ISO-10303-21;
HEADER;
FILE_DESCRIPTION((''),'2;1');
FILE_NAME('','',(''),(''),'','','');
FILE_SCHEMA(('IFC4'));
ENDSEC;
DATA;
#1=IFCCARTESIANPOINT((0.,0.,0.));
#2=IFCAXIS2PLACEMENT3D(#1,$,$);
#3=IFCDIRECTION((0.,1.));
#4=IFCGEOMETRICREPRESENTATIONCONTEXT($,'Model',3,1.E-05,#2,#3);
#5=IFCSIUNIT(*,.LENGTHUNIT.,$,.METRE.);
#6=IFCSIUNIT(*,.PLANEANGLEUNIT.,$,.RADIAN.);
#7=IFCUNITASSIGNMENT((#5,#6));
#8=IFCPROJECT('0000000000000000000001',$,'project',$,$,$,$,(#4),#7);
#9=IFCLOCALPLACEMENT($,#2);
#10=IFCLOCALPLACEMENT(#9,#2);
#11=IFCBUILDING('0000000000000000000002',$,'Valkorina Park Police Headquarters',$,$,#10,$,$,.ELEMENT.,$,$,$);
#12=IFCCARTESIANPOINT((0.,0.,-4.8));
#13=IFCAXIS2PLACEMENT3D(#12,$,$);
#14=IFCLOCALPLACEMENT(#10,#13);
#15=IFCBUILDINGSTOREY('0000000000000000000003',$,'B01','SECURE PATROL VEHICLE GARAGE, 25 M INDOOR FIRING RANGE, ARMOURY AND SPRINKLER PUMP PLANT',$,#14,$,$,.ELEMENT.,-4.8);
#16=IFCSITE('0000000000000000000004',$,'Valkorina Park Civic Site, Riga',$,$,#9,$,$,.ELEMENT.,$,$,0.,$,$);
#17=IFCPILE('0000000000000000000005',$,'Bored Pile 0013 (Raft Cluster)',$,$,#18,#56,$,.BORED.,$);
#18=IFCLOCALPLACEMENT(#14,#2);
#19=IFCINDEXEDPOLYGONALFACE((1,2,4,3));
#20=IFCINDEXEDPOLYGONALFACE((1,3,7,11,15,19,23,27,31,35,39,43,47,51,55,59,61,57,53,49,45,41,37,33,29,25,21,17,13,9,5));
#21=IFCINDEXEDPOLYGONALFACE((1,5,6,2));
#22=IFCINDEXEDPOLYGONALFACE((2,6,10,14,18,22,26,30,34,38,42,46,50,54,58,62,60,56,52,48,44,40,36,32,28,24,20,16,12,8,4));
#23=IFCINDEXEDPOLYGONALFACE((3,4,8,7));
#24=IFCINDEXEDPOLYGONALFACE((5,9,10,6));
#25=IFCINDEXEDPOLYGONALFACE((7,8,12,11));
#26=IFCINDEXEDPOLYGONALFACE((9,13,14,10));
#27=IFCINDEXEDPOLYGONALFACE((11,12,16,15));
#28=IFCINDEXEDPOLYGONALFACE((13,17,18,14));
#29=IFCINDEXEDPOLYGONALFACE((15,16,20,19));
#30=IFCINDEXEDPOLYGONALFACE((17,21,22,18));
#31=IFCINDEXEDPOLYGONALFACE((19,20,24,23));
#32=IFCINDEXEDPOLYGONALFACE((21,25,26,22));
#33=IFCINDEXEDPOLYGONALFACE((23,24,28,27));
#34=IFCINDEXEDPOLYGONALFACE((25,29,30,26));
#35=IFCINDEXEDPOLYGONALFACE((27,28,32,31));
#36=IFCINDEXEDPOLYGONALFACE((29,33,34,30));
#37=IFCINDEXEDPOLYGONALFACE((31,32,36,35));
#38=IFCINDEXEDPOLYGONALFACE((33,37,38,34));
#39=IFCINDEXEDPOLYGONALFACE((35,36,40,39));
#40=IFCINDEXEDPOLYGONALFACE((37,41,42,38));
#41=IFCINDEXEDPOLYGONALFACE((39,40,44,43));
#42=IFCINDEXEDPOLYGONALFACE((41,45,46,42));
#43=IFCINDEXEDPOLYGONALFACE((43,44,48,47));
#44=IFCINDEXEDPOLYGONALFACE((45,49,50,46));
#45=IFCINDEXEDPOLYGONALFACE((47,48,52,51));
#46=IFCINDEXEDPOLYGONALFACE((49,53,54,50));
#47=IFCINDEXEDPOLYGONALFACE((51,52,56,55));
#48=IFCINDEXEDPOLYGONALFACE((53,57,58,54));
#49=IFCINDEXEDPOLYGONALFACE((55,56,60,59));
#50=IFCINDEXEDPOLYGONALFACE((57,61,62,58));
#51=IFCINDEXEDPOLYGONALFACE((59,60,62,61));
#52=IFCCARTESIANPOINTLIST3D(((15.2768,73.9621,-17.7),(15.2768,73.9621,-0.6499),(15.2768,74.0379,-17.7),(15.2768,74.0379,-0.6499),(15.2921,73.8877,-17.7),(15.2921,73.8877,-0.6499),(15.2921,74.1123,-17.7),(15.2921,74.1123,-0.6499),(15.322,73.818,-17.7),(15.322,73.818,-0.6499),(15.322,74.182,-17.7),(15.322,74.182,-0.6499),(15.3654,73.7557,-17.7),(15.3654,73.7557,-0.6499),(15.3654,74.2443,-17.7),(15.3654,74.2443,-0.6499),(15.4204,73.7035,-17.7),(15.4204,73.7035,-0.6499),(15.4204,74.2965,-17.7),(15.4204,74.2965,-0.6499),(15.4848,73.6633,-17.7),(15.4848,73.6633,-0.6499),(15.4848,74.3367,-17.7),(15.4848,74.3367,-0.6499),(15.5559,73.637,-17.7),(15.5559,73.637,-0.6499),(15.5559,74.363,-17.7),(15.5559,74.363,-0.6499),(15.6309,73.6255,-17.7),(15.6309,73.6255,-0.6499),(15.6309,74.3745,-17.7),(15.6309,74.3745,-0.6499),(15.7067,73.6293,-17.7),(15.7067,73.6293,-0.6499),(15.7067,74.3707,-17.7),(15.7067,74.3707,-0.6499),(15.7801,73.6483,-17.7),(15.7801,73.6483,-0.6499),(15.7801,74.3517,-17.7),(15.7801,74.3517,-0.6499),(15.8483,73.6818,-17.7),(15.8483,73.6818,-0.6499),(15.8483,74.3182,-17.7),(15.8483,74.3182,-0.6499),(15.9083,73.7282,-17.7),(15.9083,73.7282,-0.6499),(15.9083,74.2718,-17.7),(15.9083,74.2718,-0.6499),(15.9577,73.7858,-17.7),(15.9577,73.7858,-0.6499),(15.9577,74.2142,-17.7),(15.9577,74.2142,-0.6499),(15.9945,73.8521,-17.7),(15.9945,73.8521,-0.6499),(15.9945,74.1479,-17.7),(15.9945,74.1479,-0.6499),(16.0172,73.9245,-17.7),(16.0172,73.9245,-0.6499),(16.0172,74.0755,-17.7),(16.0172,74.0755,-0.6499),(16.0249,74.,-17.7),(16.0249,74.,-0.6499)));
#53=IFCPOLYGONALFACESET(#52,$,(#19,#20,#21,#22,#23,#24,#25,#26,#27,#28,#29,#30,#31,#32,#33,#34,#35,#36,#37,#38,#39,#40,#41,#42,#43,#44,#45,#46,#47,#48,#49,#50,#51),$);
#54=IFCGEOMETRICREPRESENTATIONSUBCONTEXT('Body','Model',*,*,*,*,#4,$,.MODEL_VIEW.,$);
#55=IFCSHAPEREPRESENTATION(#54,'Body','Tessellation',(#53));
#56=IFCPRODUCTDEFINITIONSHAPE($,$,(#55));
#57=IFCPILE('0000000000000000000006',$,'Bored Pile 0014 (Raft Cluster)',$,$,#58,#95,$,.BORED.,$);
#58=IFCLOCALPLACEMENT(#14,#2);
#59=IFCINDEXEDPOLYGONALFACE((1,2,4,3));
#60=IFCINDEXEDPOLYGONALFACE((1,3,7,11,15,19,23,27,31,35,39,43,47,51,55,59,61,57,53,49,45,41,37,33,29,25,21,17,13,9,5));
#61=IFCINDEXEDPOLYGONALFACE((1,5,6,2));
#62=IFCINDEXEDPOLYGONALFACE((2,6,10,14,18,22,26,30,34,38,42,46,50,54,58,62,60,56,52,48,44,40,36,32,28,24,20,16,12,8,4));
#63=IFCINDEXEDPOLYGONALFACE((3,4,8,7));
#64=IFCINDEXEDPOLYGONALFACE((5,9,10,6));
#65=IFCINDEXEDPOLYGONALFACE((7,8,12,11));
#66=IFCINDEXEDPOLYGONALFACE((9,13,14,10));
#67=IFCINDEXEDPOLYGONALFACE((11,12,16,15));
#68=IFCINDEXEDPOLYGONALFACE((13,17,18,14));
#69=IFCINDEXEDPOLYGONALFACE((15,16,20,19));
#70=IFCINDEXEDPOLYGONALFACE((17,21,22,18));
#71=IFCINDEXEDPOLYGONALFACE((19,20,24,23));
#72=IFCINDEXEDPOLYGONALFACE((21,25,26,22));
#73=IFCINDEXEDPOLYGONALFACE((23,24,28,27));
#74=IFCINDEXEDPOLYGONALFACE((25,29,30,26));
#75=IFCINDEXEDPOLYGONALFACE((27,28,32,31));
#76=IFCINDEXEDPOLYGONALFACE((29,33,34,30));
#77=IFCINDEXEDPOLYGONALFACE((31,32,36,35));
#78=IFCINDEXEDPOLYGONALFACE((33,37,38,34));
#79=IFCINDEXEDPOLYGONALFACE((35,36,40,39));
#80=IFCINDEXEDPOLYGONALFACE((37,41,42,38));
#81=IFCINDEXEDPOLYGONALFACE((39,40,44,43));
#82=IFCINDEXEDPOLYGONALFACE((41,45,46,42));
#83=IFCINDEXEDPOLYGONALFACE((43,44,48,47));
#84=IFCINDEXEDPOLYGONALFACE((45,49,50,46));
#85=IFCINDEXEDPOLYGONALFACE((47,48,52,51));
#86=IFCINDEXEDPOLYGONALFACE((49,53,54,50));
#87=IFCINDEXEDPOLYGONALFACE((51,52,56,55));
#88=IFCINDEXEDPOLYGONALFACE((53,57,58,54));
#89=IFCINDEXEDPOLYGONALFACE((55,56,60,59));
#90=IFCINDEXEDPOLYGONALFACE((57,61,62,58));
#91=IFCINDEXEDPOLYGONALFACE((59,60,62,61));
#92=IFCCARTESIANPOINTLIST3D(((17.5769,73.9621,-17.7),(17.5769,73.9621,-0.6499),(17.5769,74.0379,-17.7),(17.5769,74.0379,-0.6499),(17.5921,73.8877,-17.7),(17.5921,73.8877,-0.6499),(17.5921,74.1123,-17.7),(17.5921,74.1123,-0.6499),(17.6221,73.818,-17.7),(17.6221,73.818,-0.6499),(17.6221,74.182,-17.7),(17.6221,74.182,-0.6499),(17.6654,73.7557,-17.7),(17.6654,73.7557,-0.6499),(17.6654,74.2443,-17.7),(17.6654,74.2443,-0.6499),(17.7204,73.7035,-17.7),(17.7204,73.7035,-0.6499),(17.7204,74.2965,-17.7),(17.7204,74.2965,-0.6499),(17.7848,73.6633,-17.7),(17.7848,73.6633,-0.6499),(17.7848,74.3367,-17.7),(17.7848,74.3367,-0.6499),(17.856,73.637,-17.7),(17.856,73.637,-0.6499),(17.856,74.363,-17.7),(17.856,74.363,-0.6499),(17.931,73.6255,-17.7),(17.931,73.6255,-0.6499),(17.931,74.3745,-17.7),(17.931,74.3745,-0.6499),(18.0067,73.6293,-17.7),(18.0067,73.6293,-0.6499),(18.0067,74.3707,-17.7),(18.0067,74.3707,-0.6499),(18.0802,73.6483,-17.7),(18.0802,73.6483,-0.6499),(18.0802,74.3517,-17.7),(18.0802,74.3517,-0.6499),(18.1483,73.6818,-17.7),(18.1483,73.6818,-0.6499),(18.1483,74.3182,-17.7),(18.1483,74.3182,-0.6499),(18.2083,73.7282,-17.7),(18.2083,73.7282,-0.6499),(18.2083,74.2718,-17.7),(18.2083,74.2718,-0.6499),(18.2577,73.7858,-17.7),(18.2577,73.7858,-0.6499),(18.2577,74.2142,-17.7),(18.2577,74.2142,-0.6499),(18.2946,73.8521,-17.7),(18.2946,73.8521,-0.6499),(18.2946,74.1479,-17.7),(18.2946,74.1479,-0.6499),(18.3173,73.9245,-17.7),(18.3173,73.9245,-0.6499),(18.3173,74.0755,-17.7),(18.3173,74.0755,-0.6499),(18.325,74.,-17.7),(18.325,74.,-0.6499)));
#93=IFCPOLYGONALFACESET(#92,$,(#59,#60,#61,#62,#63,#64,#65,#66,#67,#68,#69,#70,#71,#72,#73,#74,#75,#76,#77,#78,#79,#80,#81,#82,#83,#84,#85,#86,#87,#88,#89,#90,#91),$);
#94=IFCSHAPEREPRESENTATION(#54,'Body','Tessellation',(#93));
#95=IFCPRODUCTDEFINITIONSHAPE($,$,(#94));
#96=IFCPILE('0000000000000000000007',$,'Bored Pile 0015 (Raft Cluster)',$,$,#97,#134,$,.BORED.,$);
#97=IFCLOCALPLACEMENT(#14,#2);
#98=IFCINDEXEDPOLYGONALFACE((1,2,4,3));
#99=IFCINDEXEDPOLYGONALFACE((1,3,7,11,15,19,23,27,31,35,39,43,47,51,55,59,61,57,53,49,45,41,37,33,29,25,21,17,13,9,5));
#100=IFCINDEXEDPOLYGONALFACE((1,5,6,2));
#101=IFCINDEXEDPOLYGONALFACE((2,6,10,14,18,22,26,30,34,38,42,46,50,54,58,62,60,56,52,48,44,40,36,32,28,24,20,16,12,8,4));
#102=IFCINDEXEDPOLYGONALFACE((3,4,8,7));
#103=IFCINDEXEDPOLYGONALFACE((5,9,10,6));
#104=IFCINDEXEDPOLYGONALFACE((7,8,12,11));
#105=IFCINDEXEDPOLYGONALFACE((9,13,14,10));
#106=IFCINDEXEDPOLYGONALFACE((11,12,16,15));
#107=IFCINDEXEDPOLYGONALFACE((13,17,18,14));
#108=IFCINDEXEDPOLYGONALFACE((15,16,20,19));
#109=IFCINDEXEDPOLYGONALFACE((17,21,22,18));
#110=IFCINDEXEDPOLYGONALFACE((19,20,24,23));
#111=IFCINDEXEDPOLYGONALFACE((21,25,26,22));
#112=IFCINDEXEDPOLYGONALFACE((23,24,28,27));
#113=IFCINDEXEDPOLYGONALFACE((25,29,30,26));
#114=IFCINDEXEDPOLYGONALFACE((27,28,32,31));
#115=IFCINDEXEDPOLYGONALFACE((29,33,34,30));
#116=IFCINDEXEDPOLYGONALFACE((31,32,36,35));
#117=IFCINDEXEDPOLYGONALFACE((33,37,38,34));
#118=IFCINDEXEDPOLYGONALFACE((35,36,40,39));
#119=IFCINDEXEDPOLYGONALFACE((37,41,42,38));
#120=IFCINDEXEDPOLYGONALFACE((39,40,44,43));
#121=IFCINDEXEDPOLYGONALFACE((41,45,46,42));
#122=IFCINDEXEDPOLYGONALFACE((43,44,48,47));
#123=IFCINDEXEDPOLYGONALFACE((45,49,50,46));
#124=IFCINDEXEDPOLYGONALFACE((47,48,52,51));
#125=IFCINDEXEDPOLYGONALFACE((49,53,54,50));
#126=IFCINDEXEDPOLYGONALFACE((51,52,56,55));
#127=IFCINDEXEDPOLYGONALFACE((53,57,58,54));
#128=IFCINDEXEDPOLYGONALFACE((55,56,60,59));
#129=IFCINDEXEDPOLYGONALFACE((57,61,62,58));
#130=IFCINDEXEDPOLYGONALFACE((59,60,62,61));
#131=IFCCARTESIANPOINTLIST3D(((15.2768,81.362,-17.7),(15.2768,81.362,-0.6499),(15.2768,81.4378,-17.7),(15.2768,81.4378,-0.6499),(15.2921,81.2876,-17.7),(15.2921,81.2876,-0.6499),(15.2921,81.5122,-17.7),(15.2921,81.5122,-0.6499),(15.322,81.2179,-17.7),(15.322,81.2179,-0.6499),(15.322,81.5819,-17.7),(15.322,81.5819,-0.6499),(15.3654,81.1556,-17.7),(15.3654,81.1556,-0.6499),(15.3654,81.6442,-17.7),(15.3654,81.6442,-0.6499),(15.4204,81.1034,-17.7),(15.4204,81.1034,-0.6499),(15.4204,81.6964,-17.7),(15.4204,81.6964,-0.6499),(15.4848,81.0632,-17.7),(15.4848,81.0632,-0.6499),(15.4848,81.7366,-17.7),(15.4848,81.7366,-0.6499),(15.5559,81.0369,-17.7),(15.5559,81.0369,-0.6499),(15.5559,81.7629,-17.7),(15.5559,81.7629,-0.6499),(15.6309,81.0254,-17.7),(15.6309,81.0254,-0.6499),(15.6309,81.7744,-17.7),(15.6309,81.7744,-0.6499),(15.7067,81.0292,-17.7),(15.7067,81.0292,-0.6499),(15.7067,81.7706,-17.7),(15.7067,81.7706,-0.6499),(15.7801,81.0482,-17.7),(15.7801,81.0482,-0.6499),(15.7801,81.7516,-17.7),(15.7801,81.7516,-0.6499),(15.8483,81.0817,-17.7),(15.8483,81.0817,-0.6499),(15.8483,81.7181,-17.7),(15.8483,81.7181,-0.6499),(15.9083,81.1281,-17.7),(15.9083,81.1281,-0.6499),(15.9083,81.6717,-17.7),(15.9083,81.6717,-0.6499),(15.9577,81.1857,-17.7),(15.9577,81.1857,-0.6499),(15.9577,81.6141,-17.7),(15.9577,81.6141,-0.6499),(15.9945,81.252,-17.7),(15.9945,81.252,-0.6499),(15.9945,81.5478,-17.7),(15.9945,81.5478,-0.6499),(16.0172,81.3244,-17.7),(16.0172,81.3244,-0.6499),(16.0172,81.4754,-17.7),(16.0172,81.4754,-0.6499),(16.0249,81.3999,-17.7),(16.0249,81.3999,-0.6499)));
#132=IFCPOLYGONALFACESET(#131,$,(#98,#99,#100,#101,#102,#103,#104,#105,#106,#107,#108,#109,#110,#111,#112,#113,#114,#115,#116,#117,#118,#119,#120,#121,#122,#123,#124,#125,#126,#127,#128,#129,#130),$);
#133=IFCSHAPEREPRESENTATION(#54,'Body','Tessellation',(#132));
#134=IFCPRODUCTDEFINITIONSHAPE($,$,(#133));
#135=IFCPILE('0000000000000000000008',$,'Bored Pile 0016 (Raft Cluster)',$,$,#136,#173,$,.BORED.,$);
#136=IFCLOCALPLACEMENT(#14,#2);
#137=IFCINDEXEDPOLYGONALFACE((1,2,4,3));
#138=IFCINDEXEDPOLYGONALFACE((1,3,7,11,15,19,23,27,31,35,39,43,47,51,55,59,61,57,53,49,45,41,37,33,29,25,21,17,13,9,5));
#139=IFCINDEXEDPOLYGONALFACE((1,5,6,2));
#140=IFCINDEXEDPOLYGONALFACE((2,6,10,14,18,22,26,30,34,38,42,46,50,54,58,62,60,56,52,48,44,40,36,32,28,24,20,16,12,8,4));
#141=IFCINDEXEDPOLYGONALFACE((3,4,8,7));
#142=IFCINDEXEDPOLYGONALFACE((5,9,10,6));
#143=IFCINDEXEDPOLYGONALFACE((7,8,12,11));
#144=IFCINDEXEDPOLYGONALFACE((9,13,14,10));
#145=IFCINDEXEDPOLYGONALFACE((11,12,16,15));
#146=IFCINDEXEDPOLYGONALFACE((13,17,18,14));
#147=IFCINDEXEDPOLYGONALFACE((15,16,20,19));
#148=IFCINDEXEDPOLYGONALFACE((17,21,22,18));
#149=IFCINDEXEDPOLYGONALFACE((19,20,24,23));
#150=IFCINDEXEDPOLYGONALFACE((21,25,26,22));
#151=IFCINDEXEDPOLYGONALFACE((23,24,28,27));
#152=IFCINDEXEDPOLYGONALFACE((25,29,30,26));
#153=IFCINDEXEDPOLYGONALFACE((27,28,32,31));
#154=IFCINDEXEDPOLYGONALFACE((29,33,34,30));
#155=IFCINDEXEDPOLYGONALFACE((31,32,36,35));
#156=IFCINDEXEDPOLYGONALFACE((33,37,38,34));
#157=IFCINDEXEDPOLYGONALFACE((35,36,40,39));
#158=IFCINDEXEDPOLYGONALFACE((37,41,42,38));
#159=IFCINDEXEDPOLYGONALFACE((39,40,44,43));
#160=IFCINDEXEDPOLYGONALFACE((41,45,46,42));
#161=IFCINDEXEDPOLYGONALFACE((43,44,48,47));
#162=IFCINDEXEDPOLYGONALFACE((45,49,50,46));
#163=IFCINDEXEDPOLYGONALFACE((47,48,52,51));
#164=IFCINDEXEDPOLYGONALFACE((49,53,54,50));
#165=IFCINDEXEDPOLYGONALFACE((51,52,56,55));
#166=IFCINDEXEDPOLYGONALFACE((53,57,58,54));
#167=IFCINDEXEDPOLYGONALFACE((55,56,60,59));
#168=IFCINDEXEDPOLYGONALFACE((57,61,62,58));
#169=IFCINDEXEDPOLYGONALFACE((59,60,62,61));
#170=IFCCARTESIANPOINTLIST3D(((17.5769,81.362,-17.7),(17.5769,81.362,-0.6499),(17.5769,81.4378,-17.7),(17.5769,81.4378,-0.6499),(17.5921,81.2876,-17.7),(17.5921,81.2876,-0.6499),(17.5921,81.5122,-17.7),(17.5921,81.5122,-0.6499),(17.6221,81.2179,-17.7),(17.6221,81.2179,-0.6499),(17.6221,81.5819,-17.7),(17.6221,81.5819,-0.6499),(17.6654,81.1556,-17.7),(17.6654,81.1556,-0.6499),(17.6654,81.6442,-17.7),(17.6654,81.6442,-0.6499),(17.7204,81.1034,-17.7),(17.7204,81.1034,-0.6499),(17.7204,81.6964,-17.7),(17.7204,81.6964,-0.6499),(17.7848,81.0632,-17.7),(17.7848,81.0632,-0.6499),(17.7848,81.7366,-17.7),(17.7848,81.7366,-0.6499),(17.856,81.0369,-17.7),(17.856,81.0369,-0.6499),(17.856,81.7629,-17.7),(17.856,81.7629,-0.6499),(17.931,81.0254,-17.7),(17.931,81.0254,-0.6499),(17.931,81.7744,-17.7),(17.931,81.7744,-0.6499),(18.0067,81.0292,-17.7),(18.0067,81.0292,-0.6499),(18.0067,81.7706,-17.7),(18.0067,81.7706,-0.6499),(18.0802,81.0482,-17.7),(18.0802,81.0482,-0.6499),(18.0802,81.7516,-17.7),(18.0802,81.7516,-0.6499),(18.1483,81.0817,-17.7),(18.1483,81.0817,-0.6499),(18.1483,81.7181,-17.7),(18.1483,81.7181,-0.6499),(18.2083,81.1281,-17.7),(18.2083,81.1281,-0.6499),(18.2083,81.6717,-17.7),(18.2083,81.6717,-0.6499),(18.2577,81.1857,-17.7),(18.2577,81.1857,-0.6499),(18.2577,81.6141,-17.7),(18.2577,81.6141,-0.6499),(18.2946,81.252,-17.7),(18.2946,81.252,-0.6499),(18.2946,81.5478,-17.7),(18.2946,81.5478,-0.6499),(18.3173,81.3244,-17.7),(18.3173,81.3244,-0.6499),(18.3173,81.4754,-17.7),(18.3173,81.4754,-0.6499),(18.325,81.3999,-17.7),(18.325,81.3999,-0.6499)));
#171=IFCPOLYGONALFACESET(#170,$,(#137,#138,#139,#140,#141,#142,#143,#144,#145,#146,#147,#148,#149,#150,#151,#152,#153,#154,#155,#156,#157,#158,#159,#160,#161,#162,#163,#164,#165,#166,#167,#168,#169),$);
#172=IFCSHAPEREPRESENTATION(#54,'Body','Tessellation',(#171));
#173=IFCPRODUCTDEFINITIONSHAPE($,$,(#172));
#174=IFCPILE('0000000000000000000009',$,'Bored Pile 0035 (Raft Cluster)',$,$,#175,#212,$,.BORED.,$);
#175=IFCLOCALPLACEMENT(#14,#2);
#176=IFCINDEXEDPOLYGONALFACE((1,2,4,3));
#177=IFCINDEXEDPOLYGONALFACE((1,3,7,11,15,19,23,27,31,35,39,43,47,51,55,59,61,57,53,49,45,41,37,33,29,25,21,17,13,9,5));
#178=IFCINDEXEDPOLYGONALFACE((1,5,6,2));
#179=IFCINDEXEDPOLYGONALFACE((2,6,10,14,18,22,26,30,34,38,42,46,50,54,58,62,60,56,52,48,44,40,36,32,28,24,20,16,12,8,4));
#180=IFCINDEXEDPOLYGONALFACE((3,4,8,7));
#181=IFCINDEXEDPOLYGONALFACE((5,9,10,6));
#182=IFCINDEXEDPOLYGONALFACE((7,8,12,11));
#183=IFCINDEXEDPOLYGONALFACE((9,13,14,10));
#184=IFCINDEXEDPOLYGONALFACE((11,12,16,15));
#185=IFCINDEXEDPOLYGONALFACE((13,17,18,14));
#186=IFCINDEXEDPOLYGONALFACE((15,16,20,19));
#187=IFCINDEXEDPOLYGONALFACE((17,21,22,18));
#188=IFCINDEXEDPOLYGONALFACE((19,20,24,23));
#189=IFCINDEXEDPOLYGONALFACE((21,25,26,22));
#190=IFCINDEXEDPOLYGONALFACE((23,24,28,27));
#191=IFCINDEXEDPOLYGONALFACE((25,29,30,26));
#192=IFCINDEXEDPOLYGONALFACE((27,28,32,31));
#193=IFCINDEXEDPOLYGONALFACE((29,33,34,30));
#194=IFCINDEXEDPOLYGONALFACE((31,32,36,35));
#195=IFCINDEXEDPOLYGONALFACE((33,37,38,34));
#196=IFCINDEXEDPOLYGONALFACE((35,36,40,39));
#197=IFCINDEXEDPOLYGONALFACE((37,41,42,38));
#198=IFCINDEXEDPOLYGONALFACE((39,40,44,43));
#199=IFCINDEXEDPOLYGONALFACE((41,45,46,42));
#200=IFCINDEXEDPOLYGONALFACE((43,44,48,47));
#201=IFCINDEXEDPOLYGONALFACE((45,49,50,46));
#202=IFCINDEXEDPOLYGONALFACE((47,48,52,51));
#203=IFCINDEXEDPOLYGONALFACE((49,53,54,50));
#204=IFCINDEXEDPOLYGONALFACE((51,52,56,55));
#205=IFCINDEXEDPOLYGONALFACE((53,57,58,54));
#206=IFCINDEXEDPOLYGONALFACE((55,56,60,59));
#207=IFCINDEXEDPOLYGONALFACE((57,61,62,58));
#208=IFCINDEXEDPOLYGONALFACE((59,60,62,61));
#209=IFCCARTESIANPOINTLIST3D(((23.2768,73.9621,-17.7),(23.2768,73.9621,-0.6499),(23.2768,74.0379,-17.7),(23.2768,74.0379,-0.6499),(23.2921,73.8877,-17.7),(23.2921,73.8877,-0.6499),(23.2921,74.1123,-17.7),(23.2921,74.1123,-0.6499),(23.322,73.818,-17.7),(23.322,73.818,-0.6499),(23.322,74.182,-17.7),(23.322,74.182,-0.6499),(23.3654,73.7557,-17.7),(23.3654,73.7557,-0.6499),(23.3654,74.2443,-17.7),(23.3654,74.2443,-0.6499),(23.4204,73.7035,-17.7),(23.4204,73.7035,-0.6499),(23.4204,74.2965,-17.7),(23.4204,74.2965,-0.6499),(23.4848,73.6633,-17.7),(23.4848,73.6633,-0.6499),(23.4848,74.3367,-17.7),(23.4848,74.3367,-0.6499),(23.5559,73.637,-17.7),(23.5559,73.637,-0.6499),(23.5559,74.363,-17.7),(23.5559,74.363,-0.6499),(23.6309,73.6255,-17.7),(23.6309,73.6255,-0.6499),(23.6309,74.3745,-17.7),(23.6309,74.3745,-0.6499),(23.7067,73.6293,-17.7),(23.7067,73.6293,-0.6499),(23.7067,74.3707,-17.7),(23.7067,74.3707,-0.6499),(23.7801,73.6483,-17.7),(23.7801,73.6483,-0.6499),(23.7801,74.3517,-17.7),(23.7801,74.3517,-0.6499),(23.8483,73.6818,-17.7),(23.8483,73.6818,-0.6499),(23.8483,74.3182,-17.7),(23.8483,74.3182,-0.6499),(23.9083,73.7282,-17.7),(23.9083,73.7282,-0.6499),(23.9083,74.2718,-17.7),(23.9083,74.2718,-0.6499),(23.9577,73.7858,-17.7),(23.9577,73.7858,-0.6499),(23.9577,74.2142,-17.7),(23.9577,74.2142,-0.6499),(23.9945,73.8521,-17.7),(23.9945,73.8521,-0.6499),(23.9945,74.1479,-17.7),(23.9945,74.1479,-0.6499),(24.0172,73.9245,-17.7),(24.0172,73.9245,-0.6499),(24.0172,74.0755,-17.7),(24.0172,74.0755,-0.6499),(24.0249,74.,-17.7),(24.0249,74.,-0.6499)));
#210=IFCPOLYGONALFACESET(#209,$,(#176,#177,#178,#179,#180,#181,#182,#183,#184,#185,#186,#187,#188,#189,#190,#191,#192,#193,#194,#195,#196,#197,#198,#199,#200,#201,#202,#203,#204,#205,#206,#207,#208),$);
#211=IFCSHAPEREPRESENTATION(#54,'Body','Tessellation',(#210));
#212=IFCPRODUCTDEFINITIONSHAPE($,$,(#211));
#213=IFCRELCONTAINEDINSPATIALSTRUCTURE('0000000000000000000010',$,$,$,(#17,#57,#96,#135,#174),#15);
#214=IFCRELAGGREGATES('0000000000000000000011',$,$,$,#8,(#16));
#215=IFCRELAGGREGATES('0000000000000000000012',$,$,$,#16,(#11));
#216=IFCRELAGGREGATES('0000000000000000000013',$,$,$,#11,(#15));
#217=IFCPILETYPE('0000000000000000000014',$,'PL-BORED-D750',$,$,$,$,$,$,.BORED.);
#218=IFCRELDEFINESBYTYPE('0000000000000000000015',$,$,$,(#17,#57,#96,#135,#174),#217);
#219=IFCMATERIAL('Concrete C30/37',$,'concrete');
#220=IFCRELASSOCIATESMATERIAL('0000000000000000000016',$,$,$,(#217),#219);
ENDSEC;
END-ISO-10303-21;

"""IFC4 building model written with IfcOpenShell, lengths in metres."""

from ifc_helpers import new_model, si_unit, direction, frame, origin, origin_2d, place, context, subcontext, project, spatial, circle, extrude, material, material_profile, profile_set, type_object, element, save


model = new_model("IFC4")

# Units and contexts
model_context = context("Model", 3, precision=1e-05, world=origin(), true_north=direction((0.0, 1.0)))
body_context = subcontext(model_context, "Body", "Model", "MODEL_VIEW")
ifc_project = project(units=[si_unit("LENGTHUNIT", "METRE"), si_unit("PLANEANGLEUNIT", "RADIAN")], contexts=[model_context])

# Site, building, storey
site_placement = place(None, origin())
site = spatial("IfcSite", under=ifc_project, at=site_placement, Name="Valkorina Park Civic Site, Riga", CompositionType="ELEMENT", RefElevation=0.0)
building_placement = place(site_placement, origin())
building = spatial("IfcBuilding", under=site, at=building_placement, Name="Valkorina Park Police Headquarters", CompositionType="ELEMENT")
storey_placement = place(building_placement, frame((0.0, 0.0, -4.8)))
storey = spatial("IfcBuildingStorey", under=building, at=storey_placement, Name="B01", Description="SECURE PATROL VEHICLE GARAGE, 25 M INDOOR FIRING RANGE, ARMOURY AND SPRINKLER PUMP PLANT", CompositionType="ELEMENT", Elevation=-4.8)

# Piles
ifc_material_1 = material(Name="Concrete C30/37", Category="concrete")
ifc_material_profile_1 = material_profile(ifc_material_1, circle(Radius=0.375, at=origin_2d()), Name="BORED PILE D750")
ifc_profile_set_1 = profile_set([ifc_material_profile_1], Name="Concrete C30/37")
pile_type_1 = type_object("IfcPileType", Name="PL-BORED-D750", PredefinedType="BORED", material=ifc_profile_set_1)
for number, where, z_axis, x_axis, name in (
    (1, (15.6499, 74.0, -0.6499), (0.0, 0.0, -1.0), (1.0, 0.0, 0.0), "Bored Pile 0013 (Raft Cluster)"),
    (2, (17.95, 74.0, -0.6499), (0.0, 0.0, -1.0), (1.0, 0.0, 0.0), "Bored Pile 0014 (Raft Cluster)"),
    (3, (15.6499, 81.3999, -0.6499), (0.0, 0.0, -1.0), (1.0, 0.0, 0.0), "Bored Pile 0015 (Raft Cluster)"),
    (4, (17.95, 81.3999, -0.6499), (0.0, 0.0, -1.0), (1.0, 0.0, 0.0), "Bored Pile 0016 (Raft Cluster)"),
    (5, (23.6499, 74.0, -0.6499), (0.0, 0.0, -1.0), (1.0, 0.0, 0.0), "Bored Pile 0035 (Raft Cluster)"),
):
    element("IfcPile", number, at=place(storey_placement, frame(where, z_axis=z_axis, x_axis=x_axis)), inside=storey, type_object=pile_type_1, Name=name, PredefinedType="BORED", context=body_context, shape_type="SweptSolid", body=[
        extrude(circle(Radius=0.375, at=origin_2d()), origin(), (0.0, 0.0, 1.0), 17.05),
    ])

save(model, "model.ifc")
